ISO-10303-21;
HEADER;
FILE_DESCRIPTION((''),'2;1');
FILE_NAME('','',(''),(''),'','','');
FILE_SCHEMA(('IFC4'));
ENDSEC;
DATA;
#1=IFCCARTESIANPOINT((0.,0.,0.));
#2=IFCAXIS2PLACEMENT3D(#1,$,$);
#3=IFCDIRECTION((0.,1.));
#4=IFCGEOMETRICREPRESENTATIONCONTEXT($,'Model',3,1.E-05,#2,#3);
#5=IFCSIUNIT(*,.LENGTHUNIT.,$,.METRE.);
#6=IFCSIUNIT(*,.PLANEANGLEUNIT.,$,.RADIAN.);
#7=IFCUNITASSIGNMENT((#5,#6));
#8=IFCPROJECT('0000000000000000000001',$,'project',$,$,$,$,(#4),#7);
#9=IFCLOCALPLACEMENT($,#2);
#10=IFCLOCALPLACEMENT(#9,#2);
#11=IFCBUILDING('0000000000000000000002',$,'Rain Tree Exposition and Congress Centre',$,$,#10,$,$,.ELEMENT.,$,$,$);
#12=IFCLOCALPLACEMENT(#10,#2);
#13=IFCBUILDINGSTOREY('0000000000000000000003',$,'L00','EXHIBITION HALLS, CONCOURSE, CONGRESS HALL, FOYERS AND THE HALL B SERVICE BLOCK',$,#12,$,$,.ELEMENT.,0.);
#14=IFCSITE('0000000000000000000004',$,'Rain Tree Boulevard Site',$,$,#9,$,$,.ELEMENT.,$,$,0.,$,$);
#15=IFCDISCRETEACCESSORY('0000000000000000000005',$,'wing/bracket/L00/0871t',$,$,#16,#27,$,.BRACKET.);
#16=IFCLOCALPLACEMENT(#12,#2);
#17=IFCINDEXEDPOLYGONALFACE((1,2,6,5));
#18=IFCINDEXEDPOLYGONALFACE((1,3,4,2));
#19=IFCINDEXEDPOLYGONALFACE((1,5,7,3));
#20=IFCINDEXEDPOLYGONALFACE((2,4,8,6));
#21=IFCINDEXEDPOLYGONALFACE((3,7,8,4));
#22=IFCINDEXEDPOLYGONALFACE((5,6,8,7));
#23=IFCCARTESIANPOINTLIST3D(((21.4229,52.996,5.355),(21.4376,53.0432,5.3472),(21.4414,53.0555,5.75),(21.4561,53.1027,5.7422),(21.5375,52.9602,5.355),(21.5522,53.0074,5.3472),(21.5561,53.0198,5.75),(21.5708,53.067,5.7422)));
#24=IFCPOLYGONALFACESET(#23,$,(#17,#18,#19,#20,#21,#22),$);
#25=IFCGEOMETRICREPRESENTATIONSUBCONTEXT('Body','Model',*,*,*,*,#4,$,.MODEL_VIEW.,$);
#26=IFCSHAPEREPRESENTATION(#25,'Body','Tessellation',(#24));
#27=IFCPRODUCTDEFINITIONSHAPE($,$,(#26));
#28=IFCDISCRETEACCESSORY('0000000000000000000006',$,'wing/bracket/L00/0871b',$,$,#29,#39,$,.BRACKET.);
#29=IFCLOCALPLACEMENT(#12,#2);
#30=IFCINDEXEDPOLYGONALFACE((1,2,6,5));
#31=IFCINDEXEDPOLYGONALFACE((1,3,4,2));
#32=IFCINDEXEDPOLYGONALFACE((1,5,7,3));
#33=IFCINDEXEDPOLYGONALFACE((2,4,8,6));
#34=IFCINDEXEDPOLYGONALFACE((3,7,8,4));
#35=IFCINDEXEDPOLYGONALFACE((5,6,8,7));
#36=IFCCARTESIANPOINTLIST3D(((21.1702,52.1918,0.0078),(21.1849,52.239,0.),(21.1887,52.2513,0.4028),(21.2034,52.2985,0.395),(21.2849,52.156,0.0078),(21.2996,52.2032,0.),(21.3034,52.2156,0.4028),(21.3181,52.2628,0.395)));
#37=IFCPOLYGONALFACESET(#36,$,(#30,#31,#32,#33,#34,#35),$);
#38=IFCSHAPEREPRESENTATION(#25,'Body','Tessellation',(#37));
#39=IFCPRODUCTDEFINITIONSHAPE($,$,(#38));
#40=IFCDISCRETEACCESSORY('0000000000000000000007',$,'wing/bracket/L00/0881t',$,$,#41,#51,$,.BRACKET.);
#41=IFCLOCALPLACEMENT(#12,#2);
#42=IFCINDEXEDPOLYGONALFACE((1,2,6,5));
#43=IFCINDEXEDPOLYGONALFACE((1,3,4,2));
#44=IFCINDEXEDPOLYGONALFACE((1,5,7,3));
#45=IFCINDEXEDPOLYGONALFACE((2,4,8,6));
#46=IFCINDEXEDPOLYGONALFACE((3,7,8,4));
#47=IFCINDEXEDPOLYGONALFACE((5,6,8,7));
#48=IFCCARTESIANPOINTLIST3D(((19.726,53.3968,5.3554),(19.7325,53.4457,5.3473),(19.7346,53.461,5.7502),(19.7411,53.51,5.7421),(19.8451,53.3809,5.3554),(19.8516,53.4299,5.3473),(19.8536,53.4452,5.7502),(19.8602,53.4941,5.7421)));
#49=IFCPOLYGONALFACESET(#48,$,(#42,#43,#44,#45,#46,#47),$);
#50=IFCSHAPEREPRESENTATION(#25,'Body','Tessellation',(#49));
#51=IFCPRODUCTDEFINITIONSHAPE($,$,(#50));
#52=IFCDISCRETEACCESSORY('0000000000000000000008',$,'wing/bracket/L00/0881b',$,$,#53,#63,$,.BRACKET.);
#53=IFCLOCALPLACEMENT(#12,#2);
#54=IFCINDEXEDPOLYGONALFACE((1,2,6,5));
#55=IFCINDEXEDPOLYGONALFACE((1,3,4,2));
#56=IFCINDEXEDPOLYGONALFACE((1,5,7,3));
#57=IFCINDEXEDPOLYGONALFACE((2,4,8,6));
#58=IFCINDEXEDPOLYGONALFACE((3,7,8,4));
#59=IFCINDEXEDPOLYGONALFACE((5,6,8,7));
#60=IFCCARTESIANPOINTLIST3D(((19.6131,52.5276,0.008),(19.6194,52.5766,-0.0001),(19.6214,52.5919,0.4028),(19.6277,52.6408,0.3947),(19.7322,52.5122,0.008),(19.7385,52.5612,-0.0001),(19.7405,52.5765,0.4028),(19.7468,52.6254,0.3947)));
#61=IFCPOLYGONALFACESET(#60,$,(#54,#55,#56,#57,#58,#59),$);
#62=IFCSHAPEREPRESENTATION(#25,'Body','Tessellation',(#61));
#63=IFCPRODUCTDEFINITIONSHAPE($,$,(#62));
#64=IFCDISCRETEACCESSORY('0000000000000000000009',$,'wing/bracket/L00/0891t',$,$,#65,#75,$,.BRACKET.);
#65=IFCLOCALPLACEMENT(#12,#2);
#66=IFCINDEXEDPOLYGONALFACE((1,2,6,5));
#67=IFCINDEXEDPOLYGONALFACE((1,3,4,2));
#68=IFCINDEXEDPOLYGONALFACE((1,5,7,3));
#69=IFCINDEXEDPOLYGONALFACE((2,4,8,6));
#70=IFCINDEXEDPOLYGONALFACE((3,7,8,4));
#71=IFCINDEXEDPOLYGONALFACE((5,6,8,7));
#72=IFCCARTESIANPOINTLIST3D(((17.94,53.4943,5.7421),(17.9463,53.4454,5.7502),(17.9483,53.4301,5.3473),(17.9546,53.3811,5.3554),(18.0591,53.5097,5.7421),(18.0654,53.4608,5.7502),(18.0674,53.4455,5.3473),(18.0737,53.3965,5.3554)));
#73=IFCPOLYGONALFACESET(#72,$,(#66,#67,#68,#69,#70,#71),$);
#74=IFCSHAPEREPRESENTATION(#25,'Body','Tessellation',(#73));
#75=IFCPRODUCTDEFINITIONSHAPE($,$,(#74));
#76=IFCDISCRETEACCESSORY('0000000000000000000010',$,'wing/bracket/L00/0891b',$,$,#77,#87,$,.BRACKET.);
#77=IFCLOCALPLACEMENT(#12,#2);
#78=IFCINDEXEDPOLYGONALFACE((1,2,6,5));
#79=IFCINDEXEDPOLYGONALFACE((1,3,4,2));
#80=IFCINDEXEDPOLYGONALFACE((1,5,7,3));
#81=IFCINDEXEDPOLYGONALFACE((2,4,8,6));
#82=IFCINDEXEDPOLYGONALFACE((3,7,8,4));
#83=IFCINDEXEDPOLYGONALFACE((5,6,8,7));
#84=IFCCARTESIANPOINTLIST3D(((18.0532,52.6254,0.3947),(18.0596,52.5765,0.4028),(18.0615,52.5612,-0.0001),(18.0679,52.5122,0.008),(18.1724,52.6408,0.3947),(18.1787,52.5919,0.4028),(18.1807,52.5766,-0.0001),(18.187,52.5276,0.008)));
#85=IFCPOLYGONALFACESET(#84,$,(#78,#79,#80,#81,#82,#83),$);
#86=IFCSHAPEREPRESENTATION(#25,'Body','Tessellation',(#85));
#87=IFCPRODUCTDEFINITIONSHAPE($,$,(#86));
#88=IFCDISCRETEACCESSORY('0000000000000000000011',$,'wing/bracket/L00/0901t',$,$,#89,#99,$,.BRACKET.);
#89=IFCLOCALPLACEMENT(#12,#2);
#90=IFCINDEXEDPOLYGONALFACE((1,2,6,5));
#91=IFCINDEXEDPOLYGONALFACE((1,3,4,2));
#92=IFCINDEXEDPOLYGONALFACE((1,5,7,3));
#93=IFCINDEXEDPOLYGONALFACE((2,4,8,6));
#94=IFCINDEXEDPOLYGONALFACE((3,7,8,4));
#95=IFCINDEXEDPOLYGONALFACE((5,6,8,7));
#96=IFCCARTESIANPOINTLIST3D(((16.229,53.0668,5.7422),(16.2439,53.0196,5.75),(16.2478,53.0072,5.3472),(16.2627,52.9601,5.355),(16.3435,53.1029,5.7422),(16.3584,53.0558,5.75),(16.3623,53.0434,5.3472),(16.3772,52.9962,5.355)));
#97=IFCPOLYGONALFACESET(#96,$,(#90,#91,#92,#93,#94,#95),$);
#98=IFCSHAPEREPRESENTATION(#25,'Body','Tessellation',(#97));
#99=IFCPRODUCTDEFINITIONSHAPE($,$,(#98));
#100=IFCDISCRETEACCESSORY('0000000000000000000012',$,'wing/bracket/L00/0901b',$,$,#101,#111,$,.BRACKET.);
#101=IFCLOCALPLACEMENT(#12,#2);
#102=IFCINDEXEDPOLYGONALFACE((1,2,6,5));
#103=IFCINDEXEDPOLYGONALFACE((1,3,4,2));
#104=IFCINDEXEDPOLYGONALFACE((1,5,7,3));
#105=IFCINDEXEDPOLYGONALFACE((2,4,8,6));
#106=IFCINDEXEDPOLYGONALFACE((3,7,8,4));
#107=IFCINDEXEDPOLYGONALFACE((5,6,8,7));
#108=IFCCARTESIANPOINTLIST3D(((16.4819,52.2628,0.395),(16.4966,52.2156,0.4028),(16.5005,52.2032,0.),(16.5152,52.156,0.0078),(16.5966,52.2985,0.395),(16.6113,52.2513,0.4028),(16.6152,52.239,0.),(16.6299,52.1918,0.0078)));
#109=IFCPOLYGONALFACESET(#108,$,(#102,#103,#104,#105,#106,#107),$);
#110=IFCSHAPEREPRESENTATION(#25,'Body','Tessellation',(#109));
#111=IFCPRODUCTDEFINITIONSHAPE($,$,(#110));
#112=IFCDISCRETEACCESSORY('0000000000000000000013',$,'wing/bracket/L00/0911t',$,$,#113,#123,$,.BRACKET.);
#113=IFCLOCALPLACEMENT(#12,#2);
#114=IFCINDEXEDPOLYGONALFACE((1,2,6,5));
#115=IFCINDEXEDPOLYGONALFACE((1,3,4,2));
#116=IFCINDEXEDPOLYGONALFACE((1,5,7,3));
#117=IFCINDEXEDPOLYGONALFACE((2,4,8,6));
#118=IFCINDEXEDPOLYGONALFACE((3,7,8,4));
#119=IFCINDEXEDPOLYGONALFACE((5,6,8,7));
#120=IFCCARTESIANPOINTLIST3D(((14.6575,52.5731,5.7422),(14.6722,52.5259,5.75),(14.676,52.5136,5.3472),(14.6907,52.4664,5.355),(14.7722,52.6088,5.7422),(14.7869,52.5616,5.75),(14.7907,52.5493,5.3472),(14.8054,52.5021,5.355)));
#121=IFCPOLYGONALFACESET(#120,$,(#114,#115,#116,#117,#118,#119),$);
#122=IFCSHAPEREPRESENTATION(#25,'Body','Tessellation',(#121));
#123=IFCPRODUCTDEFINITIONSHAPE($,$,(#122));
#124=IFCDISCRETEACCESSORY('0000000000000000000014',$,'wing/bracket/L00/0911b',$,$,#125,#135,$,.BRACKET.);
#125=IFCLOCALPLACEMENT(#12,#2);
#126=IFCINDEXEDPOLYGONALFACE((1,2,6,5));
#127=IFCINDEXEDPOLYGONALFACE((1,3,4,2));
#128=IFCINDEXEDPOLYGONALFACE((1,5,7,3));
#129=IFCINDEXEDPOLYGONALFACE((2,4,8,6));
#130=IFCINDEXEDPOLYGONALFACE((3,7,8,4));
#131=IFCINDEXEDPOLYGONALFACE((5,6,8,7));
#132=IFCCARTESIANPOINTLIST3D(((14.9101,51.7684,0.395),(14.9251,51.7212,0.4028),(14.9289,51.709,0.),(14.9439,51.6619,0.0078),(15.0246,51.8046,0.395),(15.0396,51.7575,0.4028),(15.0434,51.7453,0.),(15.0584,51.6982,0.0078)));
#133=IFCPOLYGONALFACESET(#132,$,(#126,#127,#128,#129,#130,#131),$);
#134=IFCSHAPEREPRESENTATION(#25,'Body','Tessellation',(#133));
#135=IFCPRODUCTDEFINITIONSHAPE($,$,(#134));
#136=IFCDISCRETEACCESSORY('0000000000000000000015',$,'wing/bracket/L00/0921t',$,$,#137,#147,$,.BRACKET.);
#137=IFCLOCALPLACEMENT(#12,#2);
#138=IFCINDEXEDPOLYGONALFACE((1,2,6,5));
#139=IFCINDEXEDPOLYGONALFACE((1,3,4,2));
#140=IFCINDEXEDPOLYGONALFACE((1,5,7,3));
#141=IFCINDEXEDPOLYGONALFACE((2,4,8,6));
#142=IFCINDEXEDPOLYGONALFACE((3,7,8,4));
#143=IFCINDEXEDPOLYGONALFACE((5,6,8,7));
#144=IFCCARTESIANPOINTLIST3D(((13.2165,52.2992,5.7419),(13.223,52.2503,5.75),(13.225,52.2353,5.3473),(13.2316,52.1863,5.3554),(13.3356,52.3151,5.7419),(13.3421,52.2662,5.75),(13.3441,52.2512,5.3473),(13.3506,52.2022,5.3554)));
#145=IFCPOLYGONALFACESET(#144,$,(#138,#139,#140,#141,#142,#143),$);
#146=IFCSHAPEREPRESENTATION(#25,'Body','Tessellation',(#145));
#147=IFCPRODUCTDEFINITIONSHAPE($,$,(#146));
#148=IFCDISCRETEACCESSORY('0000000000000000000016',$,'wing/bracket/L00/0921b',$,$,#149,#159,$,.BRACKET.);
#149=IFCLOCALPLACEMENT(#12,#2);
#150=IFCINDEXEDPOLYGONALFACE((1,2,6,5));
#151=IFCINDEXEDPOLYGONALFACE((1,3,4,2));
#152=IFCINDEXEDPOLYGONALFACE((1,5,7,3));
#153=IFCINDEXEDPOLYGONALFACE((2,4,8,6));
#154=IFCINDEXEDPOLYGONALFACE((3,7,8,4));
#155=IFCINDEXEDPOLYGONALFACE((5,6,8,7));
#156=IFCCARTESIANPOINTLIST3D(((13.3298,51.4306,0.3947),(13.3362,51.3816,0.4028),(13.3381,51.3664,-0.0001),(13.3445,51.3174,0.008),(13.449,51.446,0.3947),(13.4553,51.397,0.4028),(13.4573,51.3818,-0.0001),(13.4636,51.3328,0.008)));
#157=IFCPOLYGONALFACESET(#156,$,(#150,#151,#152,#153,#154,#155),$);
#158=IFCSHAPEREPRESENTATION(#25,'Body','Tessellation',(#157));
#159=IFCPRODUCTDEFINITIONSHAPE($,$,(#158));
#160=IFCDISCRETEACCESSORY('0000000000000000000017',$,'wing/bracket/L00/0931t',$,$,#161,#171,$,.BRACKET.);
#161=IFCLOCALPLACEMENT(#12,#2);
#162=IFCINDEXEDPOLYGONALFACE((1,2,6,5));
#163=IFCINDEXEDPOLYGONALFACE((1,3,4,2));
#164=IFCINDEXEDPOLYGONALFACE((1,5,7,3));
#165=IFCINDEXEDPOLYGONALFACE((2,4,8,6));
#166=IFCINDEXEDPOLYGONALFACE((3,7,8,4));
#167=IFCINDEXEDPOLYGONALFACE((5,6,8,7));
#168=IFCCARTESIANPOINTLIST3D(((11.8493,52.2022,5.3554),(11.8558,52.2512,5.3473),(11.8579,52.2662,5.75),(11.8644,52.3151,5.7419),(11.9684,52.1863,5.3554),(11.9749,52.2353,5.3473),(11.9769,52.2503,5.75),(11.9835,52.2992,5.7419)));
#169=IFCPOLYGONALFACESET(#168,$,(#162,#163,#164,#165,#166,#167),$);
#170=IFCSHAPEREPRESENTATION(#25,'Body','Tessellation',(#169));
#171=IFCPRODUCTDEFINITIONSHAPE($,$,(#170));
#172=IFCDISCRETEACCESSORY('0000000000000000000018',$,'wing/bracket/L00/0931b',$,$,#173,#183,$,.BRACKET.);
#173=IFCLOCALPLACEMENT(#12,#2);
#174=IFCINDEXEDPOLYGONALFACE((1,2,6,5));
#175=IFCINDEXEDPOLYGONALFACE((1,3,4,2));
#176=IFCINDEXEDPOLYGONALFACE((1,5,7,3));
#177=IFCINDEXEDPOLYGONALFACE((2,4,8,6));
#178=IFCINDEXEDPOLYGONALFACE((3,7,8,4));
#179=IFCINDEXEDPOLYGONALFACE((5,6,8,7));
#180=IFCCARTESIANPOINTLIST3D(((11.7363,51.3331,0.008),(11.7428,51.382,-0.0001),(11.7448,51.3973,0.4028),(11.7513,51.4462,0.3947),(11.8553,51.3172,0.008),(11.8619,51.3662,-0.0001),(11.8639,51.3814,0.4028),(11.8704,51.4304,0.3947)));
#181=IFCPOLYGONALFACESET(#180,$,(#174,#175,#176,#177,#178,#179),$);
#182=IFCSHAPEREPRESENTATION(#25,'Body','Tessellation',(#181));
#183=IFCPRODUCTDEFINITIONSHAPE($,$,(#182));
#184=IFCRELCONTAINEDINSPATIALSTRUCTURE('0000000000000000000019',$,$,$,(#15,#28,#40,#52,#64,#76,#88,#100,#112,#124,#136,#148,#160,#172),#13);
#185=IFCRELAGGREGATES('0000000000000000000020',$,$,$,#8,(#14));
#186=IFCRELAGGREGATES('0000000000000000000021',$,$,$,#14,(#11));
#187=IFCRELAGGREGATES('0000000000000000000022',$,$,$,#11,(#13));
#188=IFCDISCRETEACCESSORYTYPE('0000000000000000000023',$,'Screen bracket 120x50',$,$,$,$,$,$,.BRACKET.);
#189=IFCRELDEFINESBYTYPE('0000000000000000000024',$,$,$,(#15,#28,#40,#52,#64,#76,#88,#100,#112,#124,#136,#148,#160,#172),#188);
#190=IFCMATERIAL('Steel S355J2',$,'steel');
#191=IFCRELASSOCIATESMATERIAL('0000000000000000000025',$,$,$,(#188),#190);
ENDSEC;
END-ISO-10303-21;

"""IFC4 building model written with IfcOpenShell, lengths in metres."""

from ifc_helpers import new_model, si_unit, direction, frame, origin, origin_2d, place, context, subcontext, project, spatial, rectangle, extrude, material, material_profile, profile_set, type_object, element, save


model = new_model("IFC4")

# Units and contexts
model_context = context("Model", 3, precision=1e-05, world=origin(), true_north=direction((0.0, 1.0)))
body_context = subcontext(model_context, "Body", "Model", "MODEL_VIEW")
ifc_project = project(units=[si_unit("LENGTHUNIT", "METRE"), si_unit("PLANEANGLEUNIT", "RADIAN")], contexts=[model_context])

# Site, building, storey
site_placement = place(None, origin())
site = spatial("IfcSite", under=ifc_project, at=site_placement, Name="Rain Tree Boulevard Site", CompositionType="ELEMENT", RefElevation=0.0)
building_placement = place(site_placement, origin())
building = spatial("IfcBuilding", under=site, at=building_placement, Name="Rain Tree Exposition and Congress Centre", CompositionType="ELEMENT")
storey_placement = place(building_placement, origin())
storey = spatial("IfcBuildingStorey", under=building, at=storey_placement, Name="L00", Description="EXHIBITION HALLS, CONCOURSE, CONGRESS HALL, FOYERS AND THE HALL B SERVICE BLOCK", CompositionType="ELEMENT", Elevation=0.0)

# Discrete accessories
ifc_material_1 = material(Name="Steel S355J2", Category="steel")
ifc_material_profile_1 = material_profile(ifc_material_1, rectangle(XDim=0.1201, YDim=0.05, at=origin_2d()), Name="Flat bar 120x50")
ifc_profile_set_1 = profile_set([ifc_material_profile_1], Name="Steel S355J2")
discrete_accessory_type = type_object("IfcDiscreteAccessoryType", Name="Screen bracket 120x50", PredefinedType="BRACKET", material=ifc_profile_set_1)
for number, where, z_axis, x_axis, name in (
    (1, (21.4875, 53.0017, 5.3511), (0.046396, 0.148957, 0.987755), (-0.954758, 0.297384, 0.0), "wing/bracket/L00/0871t"),
    (2, (21.2349, 52.1975, 0.0039), (0.046396, 0.148957, 0.987755), (-0.954758, 0.297384, 0.0), "wing/bracket/L00/0871b"),
):
    element("IfcDiscreteAccessory", number, at=place(storey_placement, frame(where, z_axis=z_axis, x_axis=x_axis)), inside=storey, type_object=discrete_accessory_type, Name=name, PredefinedType="BRACKET", context=body_context, shape_type="SweptSolid", body=[
        extrude(rectangle(XDim=0.1201, YDim=0.05, at=origin_2d()), origin(), (0.0, 0.0, 1.0), 0.3999),
    ])
for number, where, z_axis, x_axis, name in (
    (3, (19.7888, 53.4133, 5.3513), (0.021359, 0.160501, 0.986805), (-0.991261, 0.131917, 0.0), "wing/bracket/L00/0881t"),
    (4, (19.6758, 52.5444, 0.0039), (0.020749, 0.160503, 0.986817), (-0.991747, 0.128211, 0.0), "wing/bracket/L00/0881b"),
    (5, (18.011, 53.4133, 5.3513), (-0.020749, 0.160503, 0.986817), (-0.991747, -0.128211, 0.0), "wing/bracket/L00/0891t"),
    (6, (18.1243, 52.5444, 0.0039), (-0.020749, 0.160503, 0.986817), (-0.991747, -0.128211, 0.0), "wing/bracket/L00/0891b"),
):
    element("IfcDiscreteAccessory", number, at=place(storey_placement, frame(where, z_axis=z_axis, x_axis=x_axis)), inside=storey, type_object=discrete_accessory_type, Name=name, PredefinedType="BRACKET", context=body_context, shape_type="SweptSolid", body=[
        extrude(rectangle(XDim=0.1201, YDim=0.05, at=origin_2d()), origin(), (0.0, 0.0, 1.0), 0.4001),
    ])
for number, where, z_axis, x_axis, name in (
    (7, (16.3125, 53.0017, 5.3511), (-0.047006, 0.148953, 0.987726), (-0.953642, -0.300944, 0.0), "wing/bracket/L00/0901t"),
    (8, (16.5652, 52.1975, 0.0039), (-0.046396, 0.148957, 0.987755), (-0.954758, -0.297384, 0.0), "wing/bracket/L00/0901b"),
    (9, (14.7407, 52.5078, 5.3511), (-0.046396, 0.148957, 0.987755), (-0.954758, -0.297384, 0.0), "wing/bracket/L00/0911t"),
    (10, (14.9937, 51.7036, 0.0039), (-0.04701, 0.148356, 0.987816), (-0.953286, -0.30207, 0.0), "wing/bracket/L00/0911b"),
    (11, (13.2878, 52.2188, 5.3513), (-0.021361, 0.159906, 0.986901), (-0.991195, -0.132412, 0.0), "wing/bracket/L00/0921t"),
):
    element("IfcDiscreteAccessory", number, at=place(storey_placement, frame(where, z_axis=z_axis, x_axis=x_axis)), inside=storey, type_object=discrete_accessory_type, Name=name, PredefinedType="BRACKET", context=body_context, shape_type="SweptSolid", body=[
        extrude(rectangle(XDim=0.1201, YDim=0.05, at=origin_2d()), origin(), (0.0, 0.0, 1.0), 0.3999),
    ])
discrete_accessory_1_placement = place(storey_placement, frame((13.4009, 51.3496, 0.0039), z_axis=(-0.020749, 0.160503, 0.986817), x_axis=(-0.991747, -0.128211, 0.0)))
element("IfcDiscreteAccessory", 12, at=discrete_accessory_1_placement, inside=storey, type_object=discrete_accessory_type, Name="wing/bracket/L00/0921b", PredefinedType="BRACKET", context=body_context, shape_type="SweptSolid", body=[
    extrude(rectangle(XDim=0.1201, YDim=0.05, at=origin_2d()), origin(), (0.0, 0.0, 1.0), 0.4001),
])
discrete_accessory_2_placement = place(storey_placement, frame((11.9121, 52.2188, 5.3513), z_axis=(0.021361, 0.159906, 0.986901), x_axis=(-0.991195, 0.132412, 0.0)))
element("IfcDiscreteAccessory", 13, at=discrete_accessory_2_placement, inside=storey, type_object=discrete_accessory_type, Name="wing/bracket/L00/0931t", PredefinedType="BRACKET", context=body_context, shape_type="SweptSolid", body=[
    extrude(rectangle(XDim=0.1201, YDim=0.05, at=origin_2d()), origin(), (0.0, 0.0, 1.0), 0.3999),
])
discrete_accessory_3_placement = place(storey_placement, frame((11.7991, 51.3496, 0.0039), z_axis=(0.021359, 0.160501, 0.986805), x_axis=(-0.991261, 0.131917, 0.0)))
element("IfcDiscreteAccessory", 14, at=discrete_accessory_3_placement, inside=storey, type_object=discrete_accessory_type, Name="wing/bracket/L00/0931b", PredefinedType="BRACKET", context=body_context, shape_type="SweptSolid", body=[
    extrude(rectangle(XDim=0.1201, YDim=0.05, at=origin_2d()), origin(), (0.0, 0.0, 1.0), 0.4001),
])

save(model, "model.ifc")
